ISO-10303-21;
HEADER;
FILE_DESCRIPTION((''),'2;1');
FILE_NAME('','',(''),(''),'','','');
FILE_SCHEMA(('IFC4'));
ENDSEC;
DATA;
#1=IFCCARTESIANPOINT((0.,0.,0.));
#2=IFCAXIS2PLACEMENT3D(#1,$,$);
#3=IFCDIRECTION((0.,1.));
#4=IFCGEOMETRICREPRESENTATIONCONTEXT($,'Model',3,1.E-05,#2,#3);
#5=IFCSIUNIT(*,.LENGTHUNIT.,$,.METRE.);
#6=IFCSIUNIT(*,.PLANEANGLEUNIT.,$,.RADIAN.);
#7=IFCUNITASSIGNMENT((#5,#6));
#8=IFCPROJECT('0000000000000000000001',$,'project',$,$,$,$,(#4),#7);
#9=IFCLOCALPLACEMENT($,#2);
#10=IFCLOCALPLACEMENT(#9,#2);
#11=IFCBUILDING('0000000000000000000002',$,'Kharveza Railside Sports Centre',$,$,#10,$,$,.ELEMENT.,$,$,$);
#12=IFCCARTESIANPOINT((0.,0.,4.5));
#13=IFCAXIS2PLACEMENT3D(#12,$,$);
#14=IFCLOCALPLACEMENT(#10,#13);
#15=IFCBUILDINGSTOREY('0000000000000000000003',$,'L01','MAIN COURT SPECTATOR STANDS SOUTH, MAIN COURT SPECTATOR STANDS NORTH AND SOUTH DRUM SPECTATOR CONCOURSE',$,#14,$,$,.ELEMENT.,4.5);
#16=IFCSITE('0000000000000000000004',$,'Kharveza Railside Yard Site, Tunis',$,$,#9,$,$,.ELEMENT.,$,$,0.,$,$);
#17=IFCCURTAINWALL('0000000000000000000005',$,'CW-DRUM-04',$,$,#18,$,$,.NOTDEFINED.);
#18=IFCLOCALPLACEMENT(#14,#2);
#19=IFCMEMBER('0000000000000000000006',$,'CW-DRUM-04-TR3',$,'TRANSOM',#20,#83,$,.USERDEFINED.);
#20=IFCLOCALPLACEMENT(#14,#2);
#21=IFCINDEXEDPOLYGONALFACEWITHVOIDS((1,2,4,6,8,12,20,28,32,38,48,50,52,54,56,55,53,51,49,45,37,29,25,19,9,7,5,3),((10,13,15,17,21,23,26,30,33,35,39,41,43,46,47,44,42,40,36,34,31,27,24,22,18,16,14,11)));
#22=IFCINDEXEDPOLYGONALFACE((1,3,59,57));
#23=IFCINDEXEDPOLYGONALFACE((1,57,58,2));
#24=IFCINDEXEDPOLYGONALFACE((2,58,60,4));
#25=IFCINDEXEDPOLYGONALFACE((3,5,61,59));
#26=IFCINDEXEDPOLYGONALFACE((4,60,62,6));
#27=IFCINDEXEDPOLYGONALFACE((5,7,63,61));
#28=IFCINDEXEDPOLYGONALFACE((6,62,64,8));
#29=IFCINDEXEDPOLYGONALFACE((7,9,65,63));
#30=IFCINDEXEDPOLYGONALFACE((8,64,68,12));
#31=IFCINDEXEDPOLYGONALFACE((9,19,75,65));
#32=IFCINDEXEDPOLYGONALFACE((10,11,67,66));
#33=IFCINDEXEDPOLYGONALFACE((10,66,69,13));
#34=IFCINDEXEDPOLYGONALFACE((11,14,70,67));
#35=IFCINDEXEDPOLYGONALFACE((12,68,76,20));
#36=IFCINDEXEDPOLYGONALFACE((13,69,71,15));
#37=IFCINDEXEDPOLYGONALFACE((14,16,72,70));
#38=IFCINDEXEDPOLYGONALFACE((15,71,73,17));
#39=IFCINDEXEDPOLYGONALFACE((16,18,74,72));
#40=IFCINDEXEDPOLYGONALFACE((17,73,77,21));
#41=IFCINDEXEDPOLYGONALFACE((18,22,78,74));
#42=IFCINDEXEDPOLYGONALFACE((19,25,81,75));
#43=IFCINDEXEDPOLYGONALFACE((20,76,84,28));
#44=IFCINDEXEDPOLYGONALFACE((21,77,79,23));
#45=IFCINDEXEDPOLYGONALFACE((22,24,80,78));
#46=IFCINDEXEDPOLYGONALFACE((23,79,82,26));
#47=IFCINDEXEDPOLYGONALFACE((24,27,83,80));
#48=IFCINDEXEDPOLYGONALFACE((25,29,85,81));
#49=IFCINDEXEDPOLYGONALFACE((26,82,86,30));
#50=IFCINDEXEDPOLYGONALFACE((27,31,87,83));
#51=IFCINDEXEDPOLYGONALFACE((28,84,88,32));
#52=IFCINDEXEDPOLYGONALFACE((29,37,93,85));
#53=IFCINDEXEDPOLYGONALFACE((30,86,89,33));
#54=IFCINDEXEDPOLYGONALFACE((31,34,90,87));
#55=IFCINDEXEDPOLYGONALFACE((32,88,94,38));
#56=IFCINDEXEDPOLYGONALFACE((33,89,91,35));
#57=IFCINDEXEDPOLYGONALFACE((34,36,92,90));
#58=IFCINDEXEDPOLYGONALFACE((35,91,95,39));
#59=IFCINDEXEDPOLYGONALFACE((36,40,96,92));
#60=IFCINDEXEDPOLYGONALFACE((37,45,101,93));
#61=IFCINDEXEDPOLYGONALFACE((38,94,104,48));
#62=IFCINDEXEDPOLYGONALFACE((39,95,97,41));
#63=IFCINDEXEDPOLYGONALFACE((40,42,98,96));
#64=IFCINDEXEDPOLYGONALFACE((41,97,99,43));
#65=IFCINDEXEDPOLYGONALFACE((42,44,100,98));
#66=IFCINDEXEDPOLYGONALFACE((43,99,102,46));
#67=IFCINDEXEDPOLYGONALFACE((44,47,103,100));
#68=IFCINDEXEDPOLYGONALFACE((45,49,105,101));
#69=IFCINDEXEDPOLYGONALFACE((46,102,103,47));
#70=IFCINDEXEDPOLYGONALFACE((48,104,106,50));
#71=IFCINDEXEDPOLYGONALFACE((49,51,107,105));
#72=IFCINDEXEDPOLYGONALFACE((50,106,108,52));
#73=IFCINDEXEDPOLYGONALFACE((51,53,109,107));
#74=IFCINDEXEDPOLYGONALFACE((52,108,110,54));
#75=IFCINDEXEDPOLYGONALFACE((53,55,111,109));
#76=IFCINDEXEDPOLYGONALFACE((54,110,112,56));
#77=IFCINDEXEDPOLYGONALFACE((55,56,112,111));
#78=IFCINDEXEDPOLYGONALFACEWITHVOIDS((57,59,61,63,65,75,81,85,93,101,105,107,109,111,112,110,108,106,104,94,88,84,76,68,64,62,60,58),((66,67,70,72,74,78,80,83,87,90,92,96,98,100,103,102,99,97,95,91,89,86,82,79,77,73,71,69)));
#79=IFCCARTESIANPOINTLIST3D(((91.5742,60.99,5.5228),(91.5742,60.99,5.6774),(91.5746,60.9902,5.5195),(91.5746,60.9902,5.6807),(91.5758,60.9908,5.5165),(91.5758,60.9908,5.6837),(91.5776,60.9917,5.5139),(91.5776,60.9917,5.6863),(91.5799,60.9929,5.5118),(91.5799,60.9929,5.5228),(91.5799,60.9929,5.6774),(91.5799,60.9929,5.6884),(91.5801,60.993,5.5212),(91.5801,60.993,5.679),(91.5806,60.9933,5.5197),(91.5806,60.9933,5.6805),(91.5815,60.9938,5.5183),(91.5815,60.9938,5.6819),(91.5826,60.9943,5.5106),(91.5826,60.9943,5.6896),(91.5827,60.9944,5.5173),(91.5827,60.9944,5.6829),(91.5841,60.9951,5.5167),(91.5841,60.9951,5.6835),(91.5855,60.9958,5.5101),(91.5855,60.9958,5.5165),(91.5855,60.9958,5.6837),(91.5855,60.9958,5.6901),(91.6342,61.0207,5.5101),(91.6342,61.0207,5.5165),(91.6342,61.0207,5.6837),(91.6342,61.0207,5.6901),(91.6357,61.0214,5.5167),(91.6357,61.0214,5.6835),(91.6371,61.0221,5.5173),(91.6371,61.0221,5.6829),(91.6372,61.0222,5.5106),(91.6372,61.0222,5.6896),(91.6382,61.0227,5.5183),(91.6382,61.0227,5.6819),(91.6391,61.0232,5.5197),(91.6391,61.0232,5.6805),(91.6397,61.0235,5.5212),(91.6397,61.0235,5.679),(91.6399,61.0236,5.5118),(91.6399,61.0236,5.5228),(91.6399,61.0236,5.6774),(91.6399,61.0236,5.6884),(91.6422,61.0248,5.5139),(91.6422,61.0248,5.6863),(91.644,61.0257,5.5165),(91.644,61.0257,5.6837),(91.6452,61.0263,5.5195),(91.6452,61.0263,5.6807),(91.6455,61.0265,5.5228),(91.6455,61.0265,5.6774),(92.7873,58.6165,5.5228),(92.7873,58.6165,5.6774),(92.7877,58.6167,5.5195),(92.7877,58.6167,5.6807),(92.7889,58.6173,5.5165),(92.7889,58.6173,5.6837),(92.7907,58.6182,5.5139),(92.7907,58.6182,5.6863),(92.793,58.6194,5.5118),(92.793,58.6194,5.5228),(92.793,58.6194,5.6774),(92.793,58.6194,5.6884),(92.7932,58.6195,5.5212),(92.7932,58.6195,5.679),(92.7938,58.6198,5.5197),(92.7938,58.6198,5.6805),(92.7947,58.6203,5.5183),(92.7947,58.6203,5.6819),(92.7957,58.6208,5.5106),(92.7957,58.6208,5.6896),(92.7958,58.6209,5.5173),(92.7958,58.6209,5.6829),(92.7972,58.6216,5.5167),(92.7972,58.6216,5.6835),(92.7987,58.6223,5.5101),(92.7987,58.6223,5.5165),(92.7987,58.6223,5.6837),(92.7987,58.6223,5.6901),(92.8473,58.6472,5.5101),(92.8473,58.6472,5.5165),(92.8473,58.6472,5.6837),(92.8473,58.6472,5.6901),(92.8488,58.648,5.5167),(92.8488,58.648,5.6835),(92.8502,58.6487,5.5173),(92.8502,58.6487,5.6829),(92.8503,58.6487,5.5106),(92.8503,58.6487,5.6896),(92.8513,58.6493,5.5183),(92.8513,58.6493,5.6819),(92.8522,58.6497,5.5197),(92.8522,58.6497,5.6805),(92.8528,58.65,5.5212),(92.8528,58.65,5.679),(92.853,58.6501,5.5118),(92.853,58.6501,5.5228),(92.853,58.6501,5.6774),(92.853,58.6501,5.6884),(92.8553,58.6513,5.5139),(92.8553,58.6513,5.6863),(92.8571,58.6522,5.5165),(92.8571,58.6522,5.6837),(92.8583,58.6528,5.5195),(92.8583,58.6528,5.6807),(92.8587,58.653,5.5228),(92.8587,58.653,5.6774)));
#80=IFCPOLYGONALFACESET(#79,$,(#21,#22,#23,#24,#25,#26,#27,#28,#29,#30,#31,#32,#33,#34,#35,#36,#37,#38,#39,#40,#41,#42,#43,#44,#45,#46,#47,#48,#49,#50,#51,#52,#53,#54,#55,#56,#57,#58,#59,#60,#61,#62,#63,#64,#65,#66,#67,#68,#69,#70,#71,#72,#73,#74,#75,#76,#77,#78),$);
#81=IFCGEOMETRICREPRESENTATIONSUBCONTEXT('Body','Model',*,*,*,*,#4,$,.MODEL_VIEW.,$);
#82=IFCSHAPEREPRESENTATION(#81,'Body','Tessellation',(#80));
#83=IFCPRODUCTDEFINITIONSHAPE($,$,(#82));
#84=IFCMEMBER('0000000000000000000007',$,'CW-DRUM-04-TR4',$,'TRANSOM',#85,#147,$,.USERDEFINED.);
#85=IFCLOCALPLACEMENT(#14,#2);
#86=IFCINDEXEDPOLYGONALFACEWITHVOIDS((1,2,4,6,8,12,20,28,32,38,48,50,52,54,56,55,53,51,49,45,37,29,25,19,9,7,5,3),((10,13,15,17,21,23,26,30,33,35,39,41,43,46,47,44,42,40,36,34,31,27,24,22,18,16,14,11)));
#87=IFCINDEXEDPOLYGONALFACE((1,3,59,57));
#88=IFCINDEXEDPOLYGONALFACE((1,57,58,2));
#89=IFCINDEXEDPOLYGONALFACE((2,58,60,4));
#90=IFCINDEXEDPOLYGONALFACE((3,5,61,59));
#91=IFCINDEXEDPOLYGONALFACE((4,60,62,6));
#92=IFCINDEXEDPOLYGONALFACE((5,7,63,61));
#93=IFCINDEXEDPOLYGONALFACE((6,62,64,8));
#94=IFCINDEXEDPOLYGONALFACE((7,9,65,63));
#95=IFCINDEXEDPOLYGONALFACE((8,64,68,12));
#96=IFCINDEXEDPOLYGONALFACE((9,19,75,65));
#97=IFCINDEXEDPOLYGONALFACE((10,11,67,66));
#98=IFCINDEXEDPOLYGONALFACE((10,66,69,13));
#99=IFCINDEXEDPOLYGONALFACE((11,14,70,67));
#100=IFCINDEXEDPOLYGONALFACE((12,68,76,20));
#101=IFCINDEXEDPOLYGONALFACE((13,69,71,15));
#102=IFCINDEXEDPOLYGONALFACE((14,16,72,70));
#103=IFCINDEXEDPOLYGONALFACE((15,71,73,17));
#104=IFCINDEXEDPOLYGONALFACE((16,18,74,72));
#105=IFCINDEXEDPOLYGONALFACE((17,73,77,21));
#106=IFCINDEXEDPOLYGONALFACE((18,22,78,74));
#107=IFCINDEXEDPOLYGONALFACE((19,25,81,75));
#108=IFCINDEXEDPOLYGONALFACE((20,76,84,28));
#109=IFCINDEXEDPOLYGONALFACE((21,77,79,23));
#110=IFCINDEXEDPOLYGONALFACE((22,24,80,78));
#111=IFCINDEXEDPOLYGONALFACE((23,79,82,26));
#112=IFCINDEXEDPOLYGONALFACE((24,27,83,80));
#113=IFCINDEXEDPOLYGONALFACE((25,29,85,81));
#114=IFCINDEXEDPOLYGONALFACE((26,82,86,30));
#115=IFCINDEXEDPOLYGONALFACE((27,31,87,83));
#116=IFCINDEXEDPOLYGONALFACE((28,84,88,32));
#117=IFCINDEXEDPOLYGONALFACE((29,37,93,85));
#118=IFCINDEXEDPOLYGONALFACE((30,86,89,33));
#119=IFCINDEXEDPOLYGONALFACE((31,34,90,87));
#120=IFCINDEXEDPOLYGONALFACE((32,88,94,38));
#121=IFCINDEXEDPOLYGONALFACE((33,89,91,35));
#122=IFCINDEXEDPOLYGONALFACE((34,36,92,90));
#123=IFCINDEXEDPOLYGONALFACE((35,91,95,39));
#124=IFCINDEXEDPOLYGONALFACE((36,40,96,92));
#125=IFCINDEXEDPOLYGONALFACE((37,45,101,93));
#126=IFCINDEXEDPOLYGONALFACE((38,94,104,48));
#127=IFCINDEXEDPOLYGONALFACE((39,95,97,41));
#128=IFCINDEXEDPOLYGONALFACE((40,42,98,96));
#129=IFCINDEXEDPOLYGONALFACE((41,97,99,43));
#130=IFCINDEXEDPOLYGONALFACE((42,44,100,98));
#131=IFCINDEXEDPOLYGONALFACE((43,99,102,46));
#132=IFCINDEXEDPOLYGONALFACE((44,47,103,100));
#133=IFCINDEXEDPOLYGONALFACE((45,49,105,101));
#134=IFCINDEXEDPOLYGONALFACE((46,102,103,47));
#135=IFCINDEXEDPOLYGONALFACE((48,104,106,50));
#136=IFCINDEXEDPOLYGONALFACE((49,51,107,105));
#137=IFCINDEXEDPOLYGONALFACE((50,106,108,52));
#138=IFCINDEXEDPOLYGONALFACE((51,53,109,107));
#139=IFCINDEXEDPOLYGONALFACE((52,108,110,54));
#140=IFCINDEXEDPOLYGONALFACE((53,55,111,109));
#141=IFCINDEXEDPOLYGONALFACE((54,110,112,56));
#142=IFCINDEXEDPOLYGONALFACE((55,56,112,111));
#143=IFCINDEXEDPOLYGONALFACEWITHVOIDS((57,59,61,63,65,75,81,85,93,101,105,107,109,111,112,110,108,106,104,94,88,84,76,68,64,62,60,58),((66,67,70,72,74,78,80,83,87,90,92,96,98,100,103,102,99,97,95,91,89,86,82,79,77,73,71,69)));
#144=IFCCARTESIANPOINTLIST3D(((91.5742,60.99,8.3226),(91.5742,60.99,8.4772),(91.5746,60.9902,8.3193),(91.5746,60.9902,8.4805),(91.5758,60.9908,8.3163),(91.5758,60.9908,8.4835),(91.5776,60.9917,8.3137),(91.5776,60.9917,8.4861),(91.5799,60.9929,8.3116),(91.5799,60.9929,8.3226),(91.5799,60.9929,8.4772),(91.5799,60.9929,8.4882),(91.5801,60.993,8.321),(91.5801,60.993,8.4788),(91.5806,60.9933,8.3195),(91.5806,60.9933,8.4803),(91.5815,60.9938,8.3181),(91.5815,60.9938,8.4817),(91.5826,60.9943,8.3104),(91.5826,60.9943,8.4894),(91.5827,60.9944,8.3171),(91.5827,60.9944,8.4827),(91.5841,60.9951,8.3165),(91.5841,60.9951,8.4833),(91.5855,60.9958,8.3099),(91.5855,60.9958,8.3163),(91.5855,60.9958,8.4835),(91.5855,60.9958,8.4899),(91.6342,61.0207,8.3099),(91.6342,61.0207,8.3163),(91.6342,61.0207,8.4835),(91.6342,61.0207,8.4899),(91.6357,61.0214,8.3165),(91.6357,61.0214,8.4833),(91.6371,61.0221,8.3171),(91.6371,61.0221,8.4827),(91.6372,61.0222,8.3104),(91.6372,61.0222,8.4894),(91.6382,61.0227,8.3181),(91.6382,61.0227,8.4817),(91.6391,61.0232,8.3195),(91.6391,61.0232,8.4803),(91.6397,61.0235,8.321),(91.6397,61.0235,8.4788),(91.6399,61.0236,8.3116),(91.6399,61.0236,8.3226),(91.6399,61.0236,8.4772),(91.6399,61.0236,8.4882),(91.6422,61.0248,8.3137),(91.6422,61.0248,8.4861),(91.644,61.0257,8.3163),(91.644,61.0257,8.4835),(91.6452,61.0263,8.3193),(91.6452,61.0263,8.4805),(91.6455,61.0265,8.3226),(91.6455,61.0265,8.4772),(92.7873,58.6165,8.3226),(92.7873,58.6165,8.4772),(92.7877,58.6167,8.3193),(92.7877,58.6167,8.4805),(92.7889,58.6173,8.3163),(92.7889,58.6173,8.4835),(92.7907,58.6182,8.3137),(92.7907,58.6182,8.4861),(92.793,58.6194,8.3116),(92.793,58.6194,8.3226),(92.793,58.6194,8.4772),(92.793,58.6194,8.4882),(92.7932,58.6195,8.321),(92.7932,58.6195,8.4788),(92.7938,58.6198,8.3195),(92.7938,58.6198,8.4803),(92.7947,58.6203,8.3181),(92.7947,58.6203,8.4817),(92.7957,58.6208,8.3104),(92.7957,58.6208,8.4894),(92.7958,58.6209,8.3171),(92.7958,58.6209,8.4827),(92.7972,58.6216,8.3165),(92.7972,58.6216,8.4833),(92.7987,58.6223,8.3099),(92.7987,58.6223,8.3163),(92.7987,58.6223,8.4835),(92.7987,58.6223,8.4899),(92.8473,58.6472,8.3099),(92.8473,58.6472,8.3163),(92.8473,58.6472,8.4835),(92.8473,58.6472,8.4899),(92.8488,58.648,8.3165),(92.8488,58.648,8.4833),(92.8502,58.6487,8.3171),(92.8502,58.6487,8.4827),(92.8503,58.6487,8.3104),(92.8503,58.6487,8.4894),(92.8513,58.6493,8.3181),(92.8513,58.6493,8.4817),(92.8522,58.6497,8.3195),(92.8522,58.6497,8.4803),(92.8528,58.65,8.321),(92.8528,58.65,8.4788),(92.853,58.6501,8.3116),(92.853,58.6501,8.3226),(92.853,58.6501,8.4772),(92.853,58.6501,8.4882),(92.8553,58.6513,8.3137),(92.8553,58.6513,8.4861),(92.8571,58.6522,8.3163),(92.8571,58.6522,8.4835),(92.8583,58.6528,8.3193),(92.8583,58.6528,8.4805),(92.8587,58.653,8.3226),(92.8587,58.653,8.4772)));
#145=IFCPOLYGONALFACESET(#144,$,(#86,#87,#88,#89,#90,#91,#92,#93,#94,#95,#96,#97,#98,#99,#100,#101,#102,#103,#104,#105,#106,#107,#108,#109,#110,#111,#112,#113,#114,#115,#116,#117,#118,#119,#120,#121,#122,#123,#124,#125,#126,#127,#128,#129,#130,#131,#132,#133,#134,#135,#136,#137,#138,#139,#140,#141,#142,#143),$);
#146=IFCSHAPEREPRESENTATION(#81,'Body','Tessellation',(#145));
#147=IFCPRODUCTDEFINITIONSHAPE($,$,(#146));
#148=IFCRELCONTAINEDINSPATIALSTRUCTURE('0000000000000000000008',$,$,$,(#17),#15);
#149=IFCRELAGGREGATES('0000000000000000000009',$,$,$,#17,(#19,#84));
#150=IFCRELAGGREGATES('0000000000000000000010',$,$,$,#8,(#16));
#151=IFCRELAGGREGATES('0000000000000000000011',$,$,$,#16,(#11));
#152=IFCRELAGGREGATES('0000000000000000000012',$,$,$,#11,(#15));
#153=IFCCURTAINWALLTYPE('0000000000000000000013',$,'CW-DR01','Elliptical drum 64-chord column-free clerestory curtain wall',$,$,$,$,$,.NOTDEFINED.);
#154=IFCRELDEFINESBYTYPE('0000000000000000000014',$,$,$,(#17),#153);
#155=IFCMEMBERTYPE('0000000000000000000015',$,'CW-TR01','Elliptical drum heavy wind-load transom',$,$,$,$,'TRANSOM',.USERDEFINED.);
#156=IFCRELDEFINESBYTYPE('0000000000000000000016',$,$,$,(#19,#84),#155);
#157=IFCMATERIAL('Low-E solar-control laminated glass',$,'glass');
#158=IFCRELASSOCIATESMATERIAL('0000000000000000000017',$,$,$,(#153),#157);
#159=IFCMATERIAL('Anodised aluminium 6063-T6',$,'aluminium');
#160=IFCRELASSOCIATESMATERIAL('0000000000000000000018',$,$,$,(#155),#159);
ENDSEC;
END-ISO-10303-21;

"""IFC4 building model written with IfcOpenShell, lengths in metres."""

from ifc_helpers import new_model, si_unit, direction, frame, origin, origin_2d, place, context, subcontext, project, spatial, hollow_rectangle, extrude, material, material_profile, profile_set, type_object, element, aggregate, save


model = new_model("IFC4")

# Units and contexts
model_context = context("Model", 3, precision=1e-05, world=origin(), true_north=direction((0.0, 1.0)))
body_context = subcontext(model_context, "Body", "Model", "MODEL_VIEW")
ifc_project = project(units=[si_unit("LENGTHUNIT", "METRE"), si_unit("PLANEANGLEUNIT", "RADIAN")], contexts=[model_context])

# Site, building, storey
site_placement = place(None, origin())
site = spatial("IfcSite", under=ifc_project, at=site_placement, Name="Kharveza Railside Yard Site, Tunis", CompositionType="ELEMENT", RefElevation=0.0)
building_placement = place(site_placement, origin())
building = spatial("IfcBuilding", under=site, at=building_placement, Name="Kharveza Railside Sports Centre", CompositionType="ELEMENT")
storey_placement = place(building_placement, frame((0.0, 0.0, 4.5)))
storey = spatial("IfcBuildingStorey", under=building, at=storey_placement, Name="L01", Description="MAIN COURT SPECTATOR STANDS SOUTH, MAIN COURT SPECTATOR STANDS NORTH AND SOUTH DRUM SPECTATOR CONCOURSE", CompositionType="ELEMENT", Elevation=4.5)

# Curtain wall
ifc_material_1 = material(Name="Low-E solar-control laminated glass", Category="glass")
curtain_wall_type = type_object("IfcCurtainWallType", Name="CW-DR01", Description="Elliptical drum 64-chord column-free clerestory curtain wall", PredefinedType="NOTDEFINED", material=ifc_material_1)
ifc_material_2 = material(Name="Anodised aluminium 6063-T6", Category="aluminium")
curtain_wall_1_placement = place(storey_placement, origin())
curtain_wall_1 = element("IfcCurtainWall", 1, at=curtain_wall_1_placement, inside=storey, type_object=curtain_wall_type, Name="CW-DRUM-04", PredefinedType="NOTDEFINED")

# Members
ifc_material_profile_1 = material_profile(ifc_material_2, hollow_rectangle(XDim=0.0801, YDim=0.1799, WallThickness=0.0063, InnerFilletRadius=0.0063, OuterFilletRadius=0.0127, at=origin_2d()), Name="RHS 80x180x6.3")
ifc_profile_set_1 = profile_set([ifc_material_profile_1], Name="Anodised aluminium 6063-T6")
member_type_1 = type_object("IfcMemberType", Name="CW-TR01", Description="Elliptical drum heavy wind-load transom", ElementType="TRANSOM", PredefinedType="USERDEFINED", material=ifc_profile_set_1)
member_1_placement = place(storey_placement, frame((92.823, 58.6348, 5.6001), z_axis=(-0.455109, 0.890436, 0.0), x_axis=(-0.890436, -0.455109, 0.0)))
member_1 = element("IfcMember", 2, at=member_1_placement, type_object=member_type_1, Name="CW-DRUM-04-TR3", ObjectType="TRANSOM", PredefinedType="USERDEFINED", context=body_context, shape_type="SweptSolid", body=[
    extrude(hollow_rectangle(XDim=0.0801, YDim=0.1799, WallThickness=0.0063, InnerFilletRadius=0.0063, OuterFilletRadius=0.0127, at=origin_2d()), origin(), (0.0, 0.0, 1.0), 2.6655),
])
member_2_placement = place(storey_placement, frame((92.823, 58.6348, 8.3999), z_axis=(-0.455109, 0.890436, 0.0), x_axis=(-0.890436, -0.455109, 0.0)))
member_2 = element("IfcMember", 3, at=member_2_placement, type_object=member_type_1, Name="CW-DRUM-04-TR4", ObjectType="TRANSOM", PredefinedType="USERDEFINED", context=body_context, shape_type="SweptSolid", body=[
    extrude(hollow_rectangle(XDim=0.0801, YDim=0.1799, WallThickness=0.0063, InnerFilletRadius=0.0063, OuterFilletRadius=0.0127, at=origin_2d()), origin(), (0.0, 0.0, 1.0), 2.6655),
])

aggregate(curtain_wall_1, [member_1, member_2])

save(model, "model.ifc")
